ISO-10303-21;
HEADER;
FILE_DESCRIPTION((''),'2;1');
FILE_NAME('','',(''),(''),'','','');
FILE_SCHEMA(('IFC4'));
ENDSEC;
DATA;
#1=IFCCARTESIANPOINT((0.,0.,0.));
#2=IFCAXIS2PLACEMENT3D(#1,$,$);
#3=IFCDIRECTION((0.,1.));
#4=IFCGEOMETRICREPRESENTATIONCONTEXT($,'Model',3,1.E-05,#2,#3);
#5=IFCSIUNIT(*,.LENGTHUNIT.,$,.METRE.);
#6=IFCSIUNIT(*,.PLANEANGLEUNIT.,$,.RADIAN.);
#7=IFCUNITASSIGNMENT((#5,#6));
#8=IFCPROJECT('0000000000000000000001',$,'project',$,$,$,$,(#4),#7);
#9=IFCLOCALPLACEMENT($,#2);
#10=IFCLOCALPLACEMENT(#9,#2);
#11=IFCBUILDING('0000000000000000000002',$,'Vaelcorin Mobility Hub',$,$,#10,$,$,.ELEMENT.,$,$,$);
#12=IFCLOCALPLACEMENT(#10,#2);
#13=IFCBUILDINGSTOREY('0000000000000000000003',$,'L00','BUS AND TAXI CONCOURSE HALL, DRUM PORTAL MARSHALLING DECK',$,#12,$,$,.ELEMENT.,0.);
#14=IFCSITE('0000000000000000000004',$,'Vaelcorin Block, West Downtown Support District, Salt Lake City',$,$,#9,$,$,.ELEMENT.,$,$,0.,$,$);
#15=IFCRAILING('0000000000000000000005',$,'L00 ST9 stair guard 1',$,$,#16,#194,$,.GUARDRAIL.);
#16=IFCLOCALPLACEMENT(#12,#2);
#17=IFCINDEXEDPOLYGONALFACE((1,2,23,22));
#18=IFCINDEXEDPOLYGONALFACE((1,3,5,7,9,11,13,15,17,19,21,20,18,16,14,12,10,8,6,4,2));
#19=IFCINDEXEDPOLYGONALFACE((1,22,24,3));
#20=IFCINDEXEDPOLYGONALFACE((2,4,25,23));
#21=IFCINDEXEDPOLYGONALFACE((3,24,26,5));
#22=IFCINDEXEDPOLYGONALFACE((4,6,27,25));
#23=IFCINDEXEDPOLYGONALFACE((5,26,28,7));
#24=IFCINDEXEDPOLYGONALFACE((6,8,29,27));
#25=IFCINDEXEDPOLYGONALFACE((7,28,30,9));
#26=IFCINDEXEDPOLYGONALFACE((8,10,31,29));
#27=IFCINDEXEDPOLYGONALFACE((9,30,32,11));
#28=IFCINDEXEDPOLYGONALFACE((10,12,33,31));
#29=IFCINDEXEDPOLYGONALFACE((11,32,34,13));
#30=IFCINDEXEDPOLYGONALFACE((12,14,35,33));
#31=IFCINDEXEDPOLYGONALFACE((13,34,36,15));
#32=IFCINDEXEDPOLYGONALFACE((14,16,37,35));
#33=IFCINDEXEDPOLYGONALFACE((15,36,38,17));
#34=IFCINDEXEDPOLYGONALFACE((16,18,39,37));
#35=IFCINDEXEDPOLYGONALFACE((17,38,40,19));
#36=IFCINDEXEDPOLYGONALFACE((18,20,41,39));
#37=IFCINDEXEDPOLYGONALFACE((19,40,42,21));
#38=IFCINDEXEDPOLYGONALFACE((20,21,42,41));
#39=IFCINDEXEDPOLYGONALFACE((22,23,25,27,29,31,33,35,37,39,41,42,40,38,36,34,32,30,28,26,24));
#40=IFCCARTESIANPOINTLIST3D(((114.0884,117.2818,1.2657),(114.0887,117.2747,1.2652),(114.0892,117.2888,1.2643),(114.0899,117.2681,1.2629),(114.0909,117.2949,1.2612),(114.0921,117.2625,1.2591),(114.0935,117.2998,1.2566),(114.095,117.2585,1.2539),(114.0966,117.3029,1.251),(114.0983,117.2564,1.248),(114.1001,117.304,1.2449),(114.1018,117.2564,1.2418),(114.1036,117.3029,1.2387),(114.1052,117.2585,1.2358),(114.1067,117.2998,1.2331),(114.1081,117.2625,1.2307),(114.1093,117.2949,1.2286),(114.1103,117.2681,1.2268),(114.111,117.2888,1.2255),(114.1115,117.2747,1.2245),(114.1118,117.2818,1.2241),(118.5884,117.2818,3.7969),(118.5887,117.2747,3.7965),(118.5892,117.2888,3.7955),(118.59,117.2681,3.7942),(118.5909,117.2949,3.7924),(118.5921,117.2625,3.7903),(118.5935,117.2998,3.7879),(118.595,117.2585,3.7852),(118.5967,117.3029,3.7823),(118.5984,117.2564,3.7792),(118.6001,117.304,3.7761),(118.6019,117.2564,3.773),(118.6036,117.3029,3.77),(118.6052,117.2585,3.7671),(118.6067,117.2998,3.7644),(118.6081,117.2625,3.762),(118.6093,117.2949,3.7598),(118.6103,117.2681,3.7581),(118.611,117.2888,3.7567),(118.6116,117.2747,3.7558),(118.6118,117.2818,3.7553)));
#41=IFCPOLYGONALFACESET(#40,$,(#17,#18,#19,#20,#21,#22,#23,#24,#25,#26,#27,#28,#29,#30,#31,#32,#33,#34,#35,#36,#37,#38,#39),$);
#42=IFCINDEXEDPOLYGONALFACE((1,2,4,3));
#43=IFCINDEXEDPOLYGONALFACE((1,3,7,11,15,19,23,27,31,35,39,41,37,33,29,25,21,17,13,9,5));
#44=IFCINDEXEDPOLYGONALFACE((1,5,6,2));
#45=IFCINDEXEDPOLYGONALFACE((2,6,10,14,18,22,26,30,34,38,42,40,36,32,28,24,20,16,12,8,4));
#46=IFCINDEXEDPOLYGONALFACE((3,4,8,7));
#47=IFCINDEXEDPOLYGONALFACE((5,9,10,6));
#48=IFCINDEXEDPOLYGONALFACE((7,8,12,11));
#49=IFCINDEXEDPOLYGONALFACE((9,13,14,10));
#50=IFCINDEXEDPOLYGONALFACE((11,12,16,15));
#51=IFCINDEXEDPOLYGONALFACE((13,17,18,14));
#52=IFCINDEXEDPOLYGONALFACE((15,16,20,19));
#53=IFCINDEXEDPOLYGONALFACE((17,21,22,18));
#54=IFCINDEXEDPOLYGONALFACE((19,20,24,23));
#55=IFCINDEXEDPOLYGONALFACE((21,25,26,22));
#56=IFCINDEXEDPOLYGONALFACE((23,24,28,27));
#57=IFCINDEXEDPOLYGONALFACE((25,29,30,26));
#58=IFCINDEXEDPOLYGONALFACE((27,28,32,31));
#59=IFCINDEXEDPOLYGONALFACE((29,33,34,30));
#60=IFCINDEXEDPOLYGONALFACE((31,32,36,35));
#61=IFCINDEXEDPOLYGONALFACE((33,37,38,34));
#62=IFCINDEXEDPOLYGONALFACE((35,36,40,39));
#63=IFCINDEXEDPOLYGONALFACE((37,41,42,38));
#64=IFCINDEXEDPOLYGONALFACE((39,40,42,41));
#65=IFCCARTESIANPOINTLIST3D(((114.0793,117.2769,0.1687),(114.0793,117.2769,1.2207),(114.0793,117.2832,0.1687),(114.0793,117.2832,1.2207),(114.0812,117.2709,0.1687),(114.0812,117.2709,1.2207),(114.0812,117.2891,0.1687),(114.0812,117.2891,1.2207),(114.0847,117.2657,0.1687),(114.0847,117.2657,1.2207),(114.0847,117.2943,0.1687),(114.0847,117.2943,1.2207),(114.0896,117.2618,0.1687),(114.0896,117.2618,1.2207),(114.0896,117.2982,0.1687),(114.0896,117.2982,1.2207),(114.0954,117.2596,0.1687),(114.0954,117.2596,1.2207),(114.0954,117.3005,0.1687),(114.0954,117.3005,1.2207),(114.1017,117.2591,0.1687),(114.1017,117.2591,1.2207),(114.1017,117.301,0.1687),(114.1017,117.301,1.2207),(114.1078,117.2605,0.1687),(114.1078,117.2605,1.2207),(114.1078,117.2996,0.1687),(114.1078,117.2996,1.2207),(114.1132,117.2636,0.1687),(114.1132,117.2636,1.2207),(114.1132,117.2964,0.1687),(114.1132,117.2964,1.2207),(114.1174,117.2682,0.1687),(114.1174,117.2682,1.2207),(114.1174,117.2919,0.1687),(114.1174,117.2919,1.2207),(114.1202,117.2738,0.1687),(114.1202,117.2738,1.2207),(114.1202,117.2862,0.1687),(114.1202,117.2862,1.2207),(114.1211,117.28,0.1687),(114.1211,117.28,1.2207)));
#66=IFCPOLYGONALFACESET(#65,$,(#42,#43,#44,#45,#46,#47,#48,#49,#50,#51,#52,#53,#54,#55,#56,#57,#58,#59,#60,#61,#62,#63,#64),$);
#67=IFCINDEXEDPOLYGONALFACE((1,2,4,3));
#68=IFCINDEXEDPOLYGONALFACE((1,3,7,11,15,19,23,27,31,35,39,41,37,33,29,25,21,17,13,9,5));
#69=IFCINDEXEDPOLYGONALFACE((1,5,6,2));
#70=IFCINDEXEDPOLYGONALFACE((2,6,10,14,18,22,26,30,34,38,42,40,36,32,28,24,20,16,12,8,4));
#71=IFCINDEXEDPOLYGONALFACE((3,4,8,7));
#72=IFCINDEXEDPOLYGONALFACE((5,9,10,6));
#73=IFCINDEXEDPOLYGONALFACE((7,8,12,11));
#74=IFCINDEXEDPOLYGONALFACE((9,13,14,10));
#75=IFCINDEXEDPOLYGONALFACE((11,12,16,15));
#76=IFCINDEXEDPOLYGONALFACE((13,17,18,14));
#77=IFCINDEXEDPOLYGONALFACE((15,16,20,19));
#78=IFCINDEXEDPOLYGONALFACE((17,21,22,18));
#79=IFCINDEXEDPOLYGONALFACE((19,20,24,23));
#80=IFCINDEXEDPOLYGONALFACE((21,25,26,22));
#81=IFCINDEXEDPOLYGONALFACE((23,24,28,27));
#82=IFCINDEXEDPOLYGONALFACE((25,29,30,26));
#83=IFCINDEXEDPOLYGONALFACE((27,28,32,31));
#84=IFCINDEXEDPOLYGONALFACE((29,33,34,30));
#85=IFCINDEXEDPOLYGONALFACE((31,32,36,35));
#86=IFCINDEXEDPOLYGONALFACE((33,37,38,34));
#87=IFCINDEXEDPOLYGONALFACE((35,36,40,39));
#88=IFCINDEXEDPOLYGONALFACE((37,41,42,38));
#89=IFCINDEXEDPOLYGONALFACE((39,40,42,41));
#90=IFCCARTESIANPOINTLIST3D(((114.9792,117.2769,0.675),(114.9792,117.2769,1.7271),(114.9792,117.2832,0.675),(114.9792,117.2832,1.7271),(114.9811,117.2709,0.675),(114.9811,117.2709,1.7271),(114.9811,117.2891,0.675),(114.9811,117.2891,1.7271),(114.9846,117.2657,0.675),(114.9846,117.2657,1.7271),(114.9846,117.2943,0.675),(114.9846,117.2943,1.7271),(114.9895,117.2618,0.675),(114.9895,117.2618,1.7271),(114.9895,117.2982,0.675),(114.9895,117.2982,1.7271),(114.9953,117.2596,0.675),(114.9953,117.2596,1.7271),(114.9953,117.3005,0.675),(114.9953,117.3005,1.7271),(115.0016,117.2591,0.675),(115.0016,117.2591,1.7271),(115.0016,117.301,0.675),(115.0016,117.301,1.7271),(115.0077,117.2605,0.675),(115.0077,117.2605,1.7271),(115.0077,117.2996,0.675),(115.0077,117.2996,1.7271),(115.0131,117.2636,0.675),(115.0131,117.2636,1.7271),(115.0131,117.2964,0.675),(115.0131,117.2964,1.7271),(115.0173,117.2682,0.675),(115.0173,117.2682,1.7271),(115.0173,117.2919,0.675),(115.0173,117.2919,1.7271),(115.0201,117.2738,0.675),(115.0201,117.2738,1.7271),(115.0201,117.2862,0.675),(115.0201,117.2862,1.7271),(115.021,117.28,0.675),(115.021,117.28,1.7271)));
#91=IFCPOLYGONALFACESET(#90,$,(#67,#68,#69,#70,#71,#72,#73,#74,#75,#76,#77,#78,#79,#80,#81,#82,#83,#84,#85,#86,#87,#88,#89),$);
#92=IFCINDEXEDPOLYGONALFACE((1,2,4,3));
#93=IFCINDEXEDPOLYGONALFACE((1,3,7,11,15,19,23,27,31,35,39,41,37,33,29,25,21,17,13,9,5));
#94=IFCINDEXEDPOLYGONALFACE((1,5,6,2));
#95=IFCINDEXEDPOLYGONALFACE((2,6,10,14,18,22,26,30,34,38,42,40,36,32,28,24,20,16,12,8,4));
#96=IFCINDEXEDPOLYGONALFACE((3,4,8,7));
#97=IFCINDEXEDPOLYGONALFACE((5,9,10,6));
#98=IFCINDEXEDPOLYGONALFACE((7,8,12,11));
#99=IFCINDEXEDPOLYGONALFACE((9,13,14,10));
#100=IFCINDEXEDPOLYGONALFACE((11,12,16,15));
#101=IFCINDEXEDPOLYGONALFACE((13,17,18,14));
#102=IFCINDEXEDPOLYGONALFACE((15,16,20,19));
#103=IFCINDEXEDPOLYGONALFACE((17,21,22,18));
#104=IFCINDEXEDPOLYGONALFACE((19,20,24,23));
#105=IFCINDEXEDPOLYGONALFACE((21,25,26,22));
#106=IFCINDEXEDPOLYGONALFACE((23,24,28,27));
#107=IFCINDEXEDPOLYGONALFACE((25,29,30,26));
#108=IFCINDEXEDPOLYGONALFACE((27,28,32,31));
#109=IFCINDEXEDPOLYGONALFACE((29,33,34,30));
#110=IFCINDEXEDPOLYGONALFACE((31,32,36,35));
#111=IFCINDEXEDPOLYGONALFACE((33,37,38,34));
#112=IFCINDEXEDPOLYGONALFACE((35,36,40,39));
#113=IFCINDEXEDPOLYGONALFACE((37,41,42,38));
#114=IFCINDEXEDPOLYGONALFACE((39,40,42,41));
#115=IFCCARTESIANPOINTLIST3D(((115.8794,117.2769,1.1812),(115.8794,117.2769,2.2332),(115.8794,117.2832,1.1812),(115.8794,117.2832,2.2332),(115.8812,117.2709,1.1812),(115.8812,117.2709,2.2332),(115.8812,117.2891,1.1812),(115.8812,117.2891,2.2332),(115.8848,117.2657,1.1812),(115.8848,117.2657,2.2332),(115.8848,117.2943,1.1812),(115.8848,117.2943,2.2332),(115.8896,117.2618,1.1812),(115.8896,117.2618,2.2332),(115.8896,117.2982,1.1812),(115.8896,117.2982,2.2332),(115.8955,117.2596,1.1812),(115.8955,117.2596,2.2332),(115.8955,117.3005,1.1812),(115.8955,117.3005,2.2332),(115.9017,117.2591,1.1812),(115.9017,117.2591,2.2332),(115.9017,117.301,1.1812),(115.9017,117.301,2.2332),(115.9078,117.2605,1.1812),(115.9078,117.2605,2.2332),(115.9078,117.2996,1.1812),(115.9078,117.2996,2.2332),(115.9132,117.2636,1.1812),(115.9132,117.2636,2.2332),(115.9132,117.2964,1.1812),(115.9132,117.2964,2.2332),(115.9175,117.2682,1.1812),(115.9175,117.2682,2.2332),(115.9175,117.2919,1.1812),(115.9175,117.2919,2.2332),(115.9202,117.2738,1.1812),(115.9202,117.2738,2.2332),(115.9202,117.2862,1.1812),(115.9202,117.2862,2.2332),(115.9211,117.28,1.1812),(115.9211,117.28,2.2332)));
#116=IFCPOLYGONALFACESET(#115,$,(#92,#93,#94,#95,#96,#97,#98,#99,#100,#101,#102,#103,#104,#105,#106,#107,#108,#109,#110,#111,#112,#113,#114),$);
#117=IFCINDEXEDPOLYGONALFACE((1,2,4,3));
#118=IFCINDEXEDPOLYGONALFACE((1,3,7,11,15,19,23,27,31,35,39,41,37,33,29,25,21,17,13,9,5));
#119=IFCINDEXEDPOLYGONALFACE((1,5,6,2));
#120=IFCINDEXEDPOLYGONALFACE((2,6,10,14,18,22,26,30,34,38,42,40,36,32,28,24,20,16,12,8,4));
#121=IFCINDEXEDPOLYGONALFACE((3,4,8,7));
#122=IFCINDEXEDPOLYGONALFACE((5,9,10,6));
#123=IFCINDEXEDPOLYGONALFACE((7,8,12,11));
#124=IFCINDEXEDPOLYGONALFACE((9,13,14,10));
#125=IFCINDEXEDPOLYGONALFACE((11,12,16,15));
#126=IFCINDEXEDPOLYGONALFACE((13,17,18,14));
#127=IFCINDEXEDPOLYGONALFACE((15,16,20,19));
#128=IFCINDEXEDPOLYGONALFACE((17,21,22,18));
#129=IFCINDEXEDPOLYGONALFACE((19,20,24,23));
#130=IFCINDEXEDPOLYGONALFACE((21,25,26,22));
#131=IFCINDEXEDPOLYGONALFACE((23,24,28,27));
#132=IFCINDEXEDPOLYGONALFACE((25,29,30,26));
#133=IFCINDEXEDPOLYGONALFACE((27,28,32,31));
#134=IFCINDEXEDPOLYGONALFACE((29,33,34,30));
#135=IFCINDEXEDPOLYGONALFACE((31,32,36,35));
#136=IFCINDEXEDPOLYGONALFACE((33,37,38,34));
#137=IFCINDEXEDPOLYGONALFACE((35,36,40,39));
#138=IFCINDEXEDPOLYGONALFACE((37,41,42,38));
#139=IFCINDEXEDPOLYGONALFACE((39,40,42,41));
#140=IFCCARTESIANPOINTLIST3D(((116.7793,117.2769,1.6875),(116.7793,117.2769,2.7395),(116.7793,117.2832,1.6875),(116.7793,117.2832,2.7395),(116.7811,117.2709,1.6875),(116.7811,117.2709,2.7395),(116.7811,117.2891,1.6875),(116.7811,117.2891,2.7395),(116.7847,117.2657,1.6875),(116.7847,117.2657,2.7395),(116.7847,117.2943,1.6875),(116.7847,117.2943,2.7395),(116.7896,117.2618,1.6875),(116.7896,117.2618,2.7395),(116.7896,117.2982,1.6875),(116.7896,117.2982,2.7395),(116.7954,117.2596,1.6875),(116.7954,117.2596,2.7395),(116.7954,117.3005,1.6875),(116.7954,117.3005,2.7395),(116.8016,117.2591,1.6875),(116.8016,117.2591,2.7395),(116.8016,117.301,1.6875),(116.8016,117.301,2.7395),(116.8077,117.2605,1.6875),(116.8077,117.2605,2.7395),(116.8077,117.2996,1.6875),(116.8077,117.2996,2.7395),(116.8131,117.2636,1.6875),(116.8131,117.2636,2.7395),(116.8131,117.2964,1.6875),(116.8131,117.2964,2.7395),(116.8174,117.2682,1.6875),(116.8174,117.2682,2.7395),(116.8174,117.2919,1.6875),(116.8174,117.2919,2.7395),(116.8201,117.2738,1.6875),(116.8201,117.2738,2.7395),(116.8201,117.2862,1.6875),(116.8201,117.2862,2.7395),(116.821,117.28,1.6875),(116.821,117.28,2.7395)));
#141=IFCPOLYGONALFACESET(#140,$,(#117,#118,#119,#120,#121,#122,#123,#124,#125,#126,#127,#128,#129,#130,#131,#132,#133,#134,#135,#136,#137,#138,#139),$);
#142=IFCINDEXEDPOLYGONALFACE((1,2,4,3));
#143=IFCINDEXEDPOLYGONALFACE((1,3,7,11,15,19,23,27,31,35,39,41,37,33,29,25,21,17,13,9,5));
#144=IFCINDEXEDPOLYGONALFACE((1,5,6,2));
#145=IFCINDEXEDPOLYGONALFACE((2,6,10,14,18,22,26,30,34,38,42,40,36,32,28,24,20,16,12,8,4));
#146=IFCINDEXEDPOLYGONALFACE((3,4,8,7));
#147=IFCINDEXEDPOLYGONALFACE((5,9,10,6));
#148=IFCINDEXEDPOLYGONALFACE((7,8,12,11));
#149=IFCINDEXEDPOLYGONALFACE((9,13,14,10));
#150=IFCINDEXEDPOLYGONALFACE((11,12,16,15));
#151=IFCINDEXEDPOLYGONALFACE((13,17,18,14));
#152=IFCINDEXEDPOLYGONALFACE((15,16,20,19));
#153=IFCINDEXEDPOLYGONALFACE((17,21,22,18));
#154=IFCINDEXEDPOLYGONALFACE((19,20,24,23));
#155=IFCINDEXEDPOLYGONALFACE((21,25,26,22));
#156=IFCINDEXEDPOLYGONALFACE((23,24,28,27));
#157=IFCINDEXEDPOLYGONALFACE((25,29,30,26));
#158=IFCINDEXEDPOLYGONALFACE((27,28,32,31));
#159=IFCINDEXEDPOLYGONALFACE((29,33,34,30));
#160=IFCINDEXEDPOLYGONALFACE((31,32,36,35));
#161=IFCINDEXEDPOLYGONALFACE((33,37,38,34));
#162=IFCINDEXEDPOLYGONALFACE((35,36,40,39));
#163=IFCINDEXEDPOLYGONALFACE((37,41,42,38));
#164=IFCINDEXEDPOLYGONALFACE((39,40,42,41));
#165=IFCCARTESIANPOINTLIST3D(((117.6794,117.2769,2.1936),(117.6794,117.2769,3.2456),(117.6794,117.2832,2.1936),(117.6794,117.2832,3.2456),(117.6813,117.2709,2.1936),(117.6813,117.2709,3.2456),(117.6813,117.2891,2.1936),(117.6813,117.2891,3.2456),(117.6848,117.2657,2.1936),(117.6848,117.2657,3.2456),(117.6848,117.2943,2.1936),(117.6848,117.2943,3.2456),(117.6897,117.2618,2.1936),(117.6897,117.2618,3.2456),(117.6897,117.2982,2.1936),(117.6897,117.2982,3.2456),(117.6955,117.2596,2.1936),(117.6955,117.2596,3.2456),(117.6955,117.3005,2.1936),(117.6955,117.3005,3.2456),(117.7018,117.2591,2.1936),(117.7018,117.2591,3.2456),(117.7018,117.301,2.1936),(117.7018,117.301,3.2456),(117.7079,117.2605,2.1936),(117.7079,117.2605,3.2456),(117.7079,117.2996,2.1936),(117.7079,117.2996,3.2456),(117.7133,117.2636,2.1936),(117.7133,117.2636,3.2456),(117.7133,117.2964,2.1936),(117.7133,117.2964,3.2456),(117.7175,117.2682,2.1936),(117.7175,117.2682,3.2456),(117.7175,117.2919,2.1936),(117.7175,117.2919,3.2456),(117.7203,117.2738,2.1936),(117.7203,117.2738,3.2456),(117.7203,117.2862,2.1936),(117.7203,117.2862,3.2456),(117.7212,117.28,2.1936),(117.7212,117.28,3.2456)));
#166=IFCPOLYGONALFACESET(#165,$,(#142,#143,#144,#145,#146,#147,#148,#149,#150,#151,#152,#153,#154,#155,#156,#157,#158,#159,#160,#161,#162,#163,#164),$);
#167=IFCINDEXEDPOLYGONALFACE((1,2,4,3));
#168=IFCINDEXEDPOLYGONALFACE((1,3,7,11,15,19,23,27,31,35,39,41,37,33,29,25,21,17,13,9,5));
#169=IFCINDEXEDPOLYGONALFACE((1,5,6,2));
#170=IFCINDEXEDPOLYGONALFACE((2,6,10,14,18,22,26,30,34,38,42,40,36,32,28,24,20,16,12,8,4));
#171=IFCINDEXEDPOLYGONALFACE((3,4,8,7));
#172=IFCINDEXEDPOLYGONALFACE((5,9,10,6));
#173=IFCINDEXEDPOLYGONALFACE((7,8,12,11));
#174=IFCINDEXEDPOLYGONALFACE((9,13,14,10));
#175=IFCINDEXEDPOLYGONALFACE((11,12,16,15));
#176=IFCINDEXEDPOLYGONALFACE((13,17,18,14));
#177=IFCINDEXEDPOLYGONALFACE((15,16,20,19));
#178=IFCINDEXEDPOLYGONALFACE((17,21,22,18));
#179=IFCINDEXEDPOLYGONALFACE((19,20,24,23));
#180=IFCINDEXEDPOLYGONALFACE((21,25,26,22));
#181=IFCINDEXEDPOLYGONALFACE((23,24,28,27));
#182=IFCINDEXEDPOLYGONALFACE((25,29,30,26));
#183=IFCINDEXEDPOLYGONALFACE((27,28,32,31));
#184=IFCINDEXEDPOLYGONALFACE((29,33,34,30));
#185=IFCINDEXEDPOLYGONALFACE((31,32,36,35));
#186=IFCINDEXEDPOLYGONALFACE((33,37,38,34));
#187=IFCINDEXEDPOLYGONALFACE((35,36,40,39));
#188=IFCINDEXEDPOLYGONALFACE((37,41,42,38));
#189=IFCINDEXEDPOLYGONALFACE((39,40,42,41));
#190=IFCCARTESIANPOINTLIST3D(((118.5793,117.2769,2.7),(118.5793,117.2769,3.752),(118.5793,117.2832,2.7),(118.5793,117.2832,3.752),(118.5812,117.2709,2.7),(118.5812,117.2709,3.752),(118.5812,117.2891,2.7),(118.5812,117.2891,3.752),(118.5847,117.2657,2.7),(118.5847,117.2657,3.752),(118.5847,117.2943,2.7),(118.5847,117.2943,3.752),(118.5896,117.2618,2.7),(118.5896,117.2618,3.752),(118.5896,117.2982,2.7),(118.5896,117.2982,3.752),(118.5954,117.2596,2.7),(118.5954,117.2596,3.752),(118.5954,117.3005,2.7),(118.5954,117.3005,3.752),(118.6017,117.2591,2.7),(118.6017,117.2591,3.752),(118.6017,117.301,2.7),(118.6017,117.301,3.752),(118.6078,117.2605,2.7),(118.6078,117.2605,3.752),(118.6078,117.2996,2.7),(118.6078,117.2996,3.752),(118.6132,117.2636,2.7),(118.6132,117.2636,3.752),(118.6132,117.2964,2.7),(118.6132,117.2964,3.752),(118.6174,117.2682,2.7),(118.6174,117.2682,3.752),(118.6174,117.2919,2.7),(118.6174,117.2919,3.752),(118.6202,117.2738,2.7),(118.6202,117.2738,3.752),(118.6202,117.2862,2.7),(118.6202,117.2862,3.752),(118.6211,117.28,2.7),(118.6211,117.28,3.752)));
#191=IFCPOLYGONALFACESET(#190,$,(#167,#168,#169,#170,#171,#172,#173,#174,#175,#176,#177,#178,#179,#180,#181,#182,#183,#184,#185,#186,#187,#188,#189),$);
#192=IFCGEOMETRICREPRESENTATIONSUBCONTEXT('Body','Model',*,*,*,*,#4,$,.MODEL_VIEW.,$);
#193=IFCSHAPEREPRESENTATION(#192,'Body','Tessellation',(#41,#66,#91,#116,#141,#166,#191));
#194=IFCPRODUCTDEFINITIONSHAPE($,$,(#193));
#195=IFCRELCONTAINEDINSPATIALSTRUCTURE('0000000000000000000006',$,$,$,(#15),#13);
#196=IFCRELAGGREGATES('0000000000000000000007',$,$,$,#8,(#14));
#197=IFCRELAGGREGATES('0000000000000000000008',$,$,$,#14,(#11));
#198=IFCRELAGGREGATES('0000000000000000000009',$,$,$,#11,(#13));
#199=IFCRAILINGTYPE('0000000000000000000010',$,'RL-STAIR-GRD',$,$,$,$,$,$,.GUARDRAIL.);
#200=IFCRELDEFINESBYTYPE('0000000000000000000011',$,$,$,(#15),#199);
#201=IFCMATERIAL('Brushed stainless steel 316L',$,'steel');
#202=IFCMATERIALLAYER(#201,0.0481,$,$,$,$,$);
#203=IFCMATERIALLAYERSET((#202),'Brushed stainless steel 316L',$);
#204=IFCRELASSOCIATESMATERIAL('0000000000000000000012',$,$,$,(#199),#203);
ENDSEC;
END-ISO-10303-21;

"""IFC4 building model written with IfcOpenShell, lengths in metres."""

from ifc_helpers import new_model, si_unit, direction, frame, origin, origin_2d, place, context, subcontext, project, spatial, circle, extrude, material, layer, layer_set, type_object, element, save


model = new_model("IFC4")

# Units and contexts
model_context = context("Model", 3, precision=1e-05, world=origin(), true_north=direction((0.0, 1.0)))
body_context = subcontext(model_context, "Body", "Model", "MODEL_VIEW")
ifc_project = project(units=[si_unit("LENGTHUNIT", "METRE"), si_unit("PLANEANGLEUNIT", "RADIAN")], contexts=[model_context])

# Site, building, storey
site_placement = place(None, origin())
site = spatial("IfcSite", under=ifc_project, at=site_placement, Name="Vaelcorin Block, West Downtown Support District, Salt Lake City", CompositionType="ELEMENT", RefElevation=0.0)
building_placement = place(site_placement, origin())
building = spatial("IfcBuilding", under=site, at=building_placement, Name="Vaelcorin Mobility Hub", CompositionType="ELEMENT")
storey_placement = place(building_placement, origin())
storey = spatial("IfcBuildingStorey", under=building, at=storey_placement, Name="L00", Description="BUS AND TAXI CONCOURSE HALL, DRUM PORTAL MARSHALLING DECK", CompositionType="ELEMENT", Elevation=0.0)

# Railing
ifc_material_1 = material(Name="Brushed stainless steel 316L", Category="steel")
ifc_layer_1 = layer(ifc_material_1, 0.0481)
ifc_layer_set_1 = layer_set([ifc_layer_1], Name="Brushed stainless steel 316L")
railing_type_1 = type_object("IfcRailingType", Name="RL-STAIR-GRD", PredefinedType="GUARDRAIL", material=ifc_layer_set_1)
railing_1_placement = place(storey_placement, frame((114.1001, 117.28, 0.1687)))
element("IfcRailing", 1, at=railing_1_placement, inside=storey, type_object=railing_type_1, Name="L00 ST9 stair guard 1", PredefinedType="GUARDRAIL", context=body_context, shape_type="SweptSolid", body=[
    extrude(circle(Radius=0.0239, at=origin_2d()), frame((0.0, 0.0, 1.0762), z_axis=(0.871576, 0.0, 0.490261), x_axis=(0.0, 1.0, 0.0)), (0.0, 0.0, 1.0), 5.1631),
    extrude(circle(Radius=0.021, at=origin_2d()), origin(), (0.0, 0.0, 1.0), 1.052),
    extrude(circle(Radius=0.021, at=origin_2d()), frame((0.8999, 0.0, 0.5063)), (0.0, 0.0, 1.0), 1.052),
    extrude(circle(Radius=0.021, at=origin_2d()), frame((1.8, 0.0, 1.0125)), (0.0, 0.0, 1.0), 1.052),
    extrude(circle(Radius=0.021, at=origin_2d()), frame((2.7, 0.0, 1.5188)), (0.0, 0.0, 1.0), 1.052),
    extrude(circle(Radius=0.021, at=origin_2d()), frame((3.6001, 0.0, 2.0249)), (0.0, 0.0, 1.0), 1.052),
    extrude(circle(Radius=0.021, at=origin_2d()), frame((4.5, 0.0, 2.5312)), (0.0, 0.0, 1.0), 1.052),
])

save(model, "model.ifc")
